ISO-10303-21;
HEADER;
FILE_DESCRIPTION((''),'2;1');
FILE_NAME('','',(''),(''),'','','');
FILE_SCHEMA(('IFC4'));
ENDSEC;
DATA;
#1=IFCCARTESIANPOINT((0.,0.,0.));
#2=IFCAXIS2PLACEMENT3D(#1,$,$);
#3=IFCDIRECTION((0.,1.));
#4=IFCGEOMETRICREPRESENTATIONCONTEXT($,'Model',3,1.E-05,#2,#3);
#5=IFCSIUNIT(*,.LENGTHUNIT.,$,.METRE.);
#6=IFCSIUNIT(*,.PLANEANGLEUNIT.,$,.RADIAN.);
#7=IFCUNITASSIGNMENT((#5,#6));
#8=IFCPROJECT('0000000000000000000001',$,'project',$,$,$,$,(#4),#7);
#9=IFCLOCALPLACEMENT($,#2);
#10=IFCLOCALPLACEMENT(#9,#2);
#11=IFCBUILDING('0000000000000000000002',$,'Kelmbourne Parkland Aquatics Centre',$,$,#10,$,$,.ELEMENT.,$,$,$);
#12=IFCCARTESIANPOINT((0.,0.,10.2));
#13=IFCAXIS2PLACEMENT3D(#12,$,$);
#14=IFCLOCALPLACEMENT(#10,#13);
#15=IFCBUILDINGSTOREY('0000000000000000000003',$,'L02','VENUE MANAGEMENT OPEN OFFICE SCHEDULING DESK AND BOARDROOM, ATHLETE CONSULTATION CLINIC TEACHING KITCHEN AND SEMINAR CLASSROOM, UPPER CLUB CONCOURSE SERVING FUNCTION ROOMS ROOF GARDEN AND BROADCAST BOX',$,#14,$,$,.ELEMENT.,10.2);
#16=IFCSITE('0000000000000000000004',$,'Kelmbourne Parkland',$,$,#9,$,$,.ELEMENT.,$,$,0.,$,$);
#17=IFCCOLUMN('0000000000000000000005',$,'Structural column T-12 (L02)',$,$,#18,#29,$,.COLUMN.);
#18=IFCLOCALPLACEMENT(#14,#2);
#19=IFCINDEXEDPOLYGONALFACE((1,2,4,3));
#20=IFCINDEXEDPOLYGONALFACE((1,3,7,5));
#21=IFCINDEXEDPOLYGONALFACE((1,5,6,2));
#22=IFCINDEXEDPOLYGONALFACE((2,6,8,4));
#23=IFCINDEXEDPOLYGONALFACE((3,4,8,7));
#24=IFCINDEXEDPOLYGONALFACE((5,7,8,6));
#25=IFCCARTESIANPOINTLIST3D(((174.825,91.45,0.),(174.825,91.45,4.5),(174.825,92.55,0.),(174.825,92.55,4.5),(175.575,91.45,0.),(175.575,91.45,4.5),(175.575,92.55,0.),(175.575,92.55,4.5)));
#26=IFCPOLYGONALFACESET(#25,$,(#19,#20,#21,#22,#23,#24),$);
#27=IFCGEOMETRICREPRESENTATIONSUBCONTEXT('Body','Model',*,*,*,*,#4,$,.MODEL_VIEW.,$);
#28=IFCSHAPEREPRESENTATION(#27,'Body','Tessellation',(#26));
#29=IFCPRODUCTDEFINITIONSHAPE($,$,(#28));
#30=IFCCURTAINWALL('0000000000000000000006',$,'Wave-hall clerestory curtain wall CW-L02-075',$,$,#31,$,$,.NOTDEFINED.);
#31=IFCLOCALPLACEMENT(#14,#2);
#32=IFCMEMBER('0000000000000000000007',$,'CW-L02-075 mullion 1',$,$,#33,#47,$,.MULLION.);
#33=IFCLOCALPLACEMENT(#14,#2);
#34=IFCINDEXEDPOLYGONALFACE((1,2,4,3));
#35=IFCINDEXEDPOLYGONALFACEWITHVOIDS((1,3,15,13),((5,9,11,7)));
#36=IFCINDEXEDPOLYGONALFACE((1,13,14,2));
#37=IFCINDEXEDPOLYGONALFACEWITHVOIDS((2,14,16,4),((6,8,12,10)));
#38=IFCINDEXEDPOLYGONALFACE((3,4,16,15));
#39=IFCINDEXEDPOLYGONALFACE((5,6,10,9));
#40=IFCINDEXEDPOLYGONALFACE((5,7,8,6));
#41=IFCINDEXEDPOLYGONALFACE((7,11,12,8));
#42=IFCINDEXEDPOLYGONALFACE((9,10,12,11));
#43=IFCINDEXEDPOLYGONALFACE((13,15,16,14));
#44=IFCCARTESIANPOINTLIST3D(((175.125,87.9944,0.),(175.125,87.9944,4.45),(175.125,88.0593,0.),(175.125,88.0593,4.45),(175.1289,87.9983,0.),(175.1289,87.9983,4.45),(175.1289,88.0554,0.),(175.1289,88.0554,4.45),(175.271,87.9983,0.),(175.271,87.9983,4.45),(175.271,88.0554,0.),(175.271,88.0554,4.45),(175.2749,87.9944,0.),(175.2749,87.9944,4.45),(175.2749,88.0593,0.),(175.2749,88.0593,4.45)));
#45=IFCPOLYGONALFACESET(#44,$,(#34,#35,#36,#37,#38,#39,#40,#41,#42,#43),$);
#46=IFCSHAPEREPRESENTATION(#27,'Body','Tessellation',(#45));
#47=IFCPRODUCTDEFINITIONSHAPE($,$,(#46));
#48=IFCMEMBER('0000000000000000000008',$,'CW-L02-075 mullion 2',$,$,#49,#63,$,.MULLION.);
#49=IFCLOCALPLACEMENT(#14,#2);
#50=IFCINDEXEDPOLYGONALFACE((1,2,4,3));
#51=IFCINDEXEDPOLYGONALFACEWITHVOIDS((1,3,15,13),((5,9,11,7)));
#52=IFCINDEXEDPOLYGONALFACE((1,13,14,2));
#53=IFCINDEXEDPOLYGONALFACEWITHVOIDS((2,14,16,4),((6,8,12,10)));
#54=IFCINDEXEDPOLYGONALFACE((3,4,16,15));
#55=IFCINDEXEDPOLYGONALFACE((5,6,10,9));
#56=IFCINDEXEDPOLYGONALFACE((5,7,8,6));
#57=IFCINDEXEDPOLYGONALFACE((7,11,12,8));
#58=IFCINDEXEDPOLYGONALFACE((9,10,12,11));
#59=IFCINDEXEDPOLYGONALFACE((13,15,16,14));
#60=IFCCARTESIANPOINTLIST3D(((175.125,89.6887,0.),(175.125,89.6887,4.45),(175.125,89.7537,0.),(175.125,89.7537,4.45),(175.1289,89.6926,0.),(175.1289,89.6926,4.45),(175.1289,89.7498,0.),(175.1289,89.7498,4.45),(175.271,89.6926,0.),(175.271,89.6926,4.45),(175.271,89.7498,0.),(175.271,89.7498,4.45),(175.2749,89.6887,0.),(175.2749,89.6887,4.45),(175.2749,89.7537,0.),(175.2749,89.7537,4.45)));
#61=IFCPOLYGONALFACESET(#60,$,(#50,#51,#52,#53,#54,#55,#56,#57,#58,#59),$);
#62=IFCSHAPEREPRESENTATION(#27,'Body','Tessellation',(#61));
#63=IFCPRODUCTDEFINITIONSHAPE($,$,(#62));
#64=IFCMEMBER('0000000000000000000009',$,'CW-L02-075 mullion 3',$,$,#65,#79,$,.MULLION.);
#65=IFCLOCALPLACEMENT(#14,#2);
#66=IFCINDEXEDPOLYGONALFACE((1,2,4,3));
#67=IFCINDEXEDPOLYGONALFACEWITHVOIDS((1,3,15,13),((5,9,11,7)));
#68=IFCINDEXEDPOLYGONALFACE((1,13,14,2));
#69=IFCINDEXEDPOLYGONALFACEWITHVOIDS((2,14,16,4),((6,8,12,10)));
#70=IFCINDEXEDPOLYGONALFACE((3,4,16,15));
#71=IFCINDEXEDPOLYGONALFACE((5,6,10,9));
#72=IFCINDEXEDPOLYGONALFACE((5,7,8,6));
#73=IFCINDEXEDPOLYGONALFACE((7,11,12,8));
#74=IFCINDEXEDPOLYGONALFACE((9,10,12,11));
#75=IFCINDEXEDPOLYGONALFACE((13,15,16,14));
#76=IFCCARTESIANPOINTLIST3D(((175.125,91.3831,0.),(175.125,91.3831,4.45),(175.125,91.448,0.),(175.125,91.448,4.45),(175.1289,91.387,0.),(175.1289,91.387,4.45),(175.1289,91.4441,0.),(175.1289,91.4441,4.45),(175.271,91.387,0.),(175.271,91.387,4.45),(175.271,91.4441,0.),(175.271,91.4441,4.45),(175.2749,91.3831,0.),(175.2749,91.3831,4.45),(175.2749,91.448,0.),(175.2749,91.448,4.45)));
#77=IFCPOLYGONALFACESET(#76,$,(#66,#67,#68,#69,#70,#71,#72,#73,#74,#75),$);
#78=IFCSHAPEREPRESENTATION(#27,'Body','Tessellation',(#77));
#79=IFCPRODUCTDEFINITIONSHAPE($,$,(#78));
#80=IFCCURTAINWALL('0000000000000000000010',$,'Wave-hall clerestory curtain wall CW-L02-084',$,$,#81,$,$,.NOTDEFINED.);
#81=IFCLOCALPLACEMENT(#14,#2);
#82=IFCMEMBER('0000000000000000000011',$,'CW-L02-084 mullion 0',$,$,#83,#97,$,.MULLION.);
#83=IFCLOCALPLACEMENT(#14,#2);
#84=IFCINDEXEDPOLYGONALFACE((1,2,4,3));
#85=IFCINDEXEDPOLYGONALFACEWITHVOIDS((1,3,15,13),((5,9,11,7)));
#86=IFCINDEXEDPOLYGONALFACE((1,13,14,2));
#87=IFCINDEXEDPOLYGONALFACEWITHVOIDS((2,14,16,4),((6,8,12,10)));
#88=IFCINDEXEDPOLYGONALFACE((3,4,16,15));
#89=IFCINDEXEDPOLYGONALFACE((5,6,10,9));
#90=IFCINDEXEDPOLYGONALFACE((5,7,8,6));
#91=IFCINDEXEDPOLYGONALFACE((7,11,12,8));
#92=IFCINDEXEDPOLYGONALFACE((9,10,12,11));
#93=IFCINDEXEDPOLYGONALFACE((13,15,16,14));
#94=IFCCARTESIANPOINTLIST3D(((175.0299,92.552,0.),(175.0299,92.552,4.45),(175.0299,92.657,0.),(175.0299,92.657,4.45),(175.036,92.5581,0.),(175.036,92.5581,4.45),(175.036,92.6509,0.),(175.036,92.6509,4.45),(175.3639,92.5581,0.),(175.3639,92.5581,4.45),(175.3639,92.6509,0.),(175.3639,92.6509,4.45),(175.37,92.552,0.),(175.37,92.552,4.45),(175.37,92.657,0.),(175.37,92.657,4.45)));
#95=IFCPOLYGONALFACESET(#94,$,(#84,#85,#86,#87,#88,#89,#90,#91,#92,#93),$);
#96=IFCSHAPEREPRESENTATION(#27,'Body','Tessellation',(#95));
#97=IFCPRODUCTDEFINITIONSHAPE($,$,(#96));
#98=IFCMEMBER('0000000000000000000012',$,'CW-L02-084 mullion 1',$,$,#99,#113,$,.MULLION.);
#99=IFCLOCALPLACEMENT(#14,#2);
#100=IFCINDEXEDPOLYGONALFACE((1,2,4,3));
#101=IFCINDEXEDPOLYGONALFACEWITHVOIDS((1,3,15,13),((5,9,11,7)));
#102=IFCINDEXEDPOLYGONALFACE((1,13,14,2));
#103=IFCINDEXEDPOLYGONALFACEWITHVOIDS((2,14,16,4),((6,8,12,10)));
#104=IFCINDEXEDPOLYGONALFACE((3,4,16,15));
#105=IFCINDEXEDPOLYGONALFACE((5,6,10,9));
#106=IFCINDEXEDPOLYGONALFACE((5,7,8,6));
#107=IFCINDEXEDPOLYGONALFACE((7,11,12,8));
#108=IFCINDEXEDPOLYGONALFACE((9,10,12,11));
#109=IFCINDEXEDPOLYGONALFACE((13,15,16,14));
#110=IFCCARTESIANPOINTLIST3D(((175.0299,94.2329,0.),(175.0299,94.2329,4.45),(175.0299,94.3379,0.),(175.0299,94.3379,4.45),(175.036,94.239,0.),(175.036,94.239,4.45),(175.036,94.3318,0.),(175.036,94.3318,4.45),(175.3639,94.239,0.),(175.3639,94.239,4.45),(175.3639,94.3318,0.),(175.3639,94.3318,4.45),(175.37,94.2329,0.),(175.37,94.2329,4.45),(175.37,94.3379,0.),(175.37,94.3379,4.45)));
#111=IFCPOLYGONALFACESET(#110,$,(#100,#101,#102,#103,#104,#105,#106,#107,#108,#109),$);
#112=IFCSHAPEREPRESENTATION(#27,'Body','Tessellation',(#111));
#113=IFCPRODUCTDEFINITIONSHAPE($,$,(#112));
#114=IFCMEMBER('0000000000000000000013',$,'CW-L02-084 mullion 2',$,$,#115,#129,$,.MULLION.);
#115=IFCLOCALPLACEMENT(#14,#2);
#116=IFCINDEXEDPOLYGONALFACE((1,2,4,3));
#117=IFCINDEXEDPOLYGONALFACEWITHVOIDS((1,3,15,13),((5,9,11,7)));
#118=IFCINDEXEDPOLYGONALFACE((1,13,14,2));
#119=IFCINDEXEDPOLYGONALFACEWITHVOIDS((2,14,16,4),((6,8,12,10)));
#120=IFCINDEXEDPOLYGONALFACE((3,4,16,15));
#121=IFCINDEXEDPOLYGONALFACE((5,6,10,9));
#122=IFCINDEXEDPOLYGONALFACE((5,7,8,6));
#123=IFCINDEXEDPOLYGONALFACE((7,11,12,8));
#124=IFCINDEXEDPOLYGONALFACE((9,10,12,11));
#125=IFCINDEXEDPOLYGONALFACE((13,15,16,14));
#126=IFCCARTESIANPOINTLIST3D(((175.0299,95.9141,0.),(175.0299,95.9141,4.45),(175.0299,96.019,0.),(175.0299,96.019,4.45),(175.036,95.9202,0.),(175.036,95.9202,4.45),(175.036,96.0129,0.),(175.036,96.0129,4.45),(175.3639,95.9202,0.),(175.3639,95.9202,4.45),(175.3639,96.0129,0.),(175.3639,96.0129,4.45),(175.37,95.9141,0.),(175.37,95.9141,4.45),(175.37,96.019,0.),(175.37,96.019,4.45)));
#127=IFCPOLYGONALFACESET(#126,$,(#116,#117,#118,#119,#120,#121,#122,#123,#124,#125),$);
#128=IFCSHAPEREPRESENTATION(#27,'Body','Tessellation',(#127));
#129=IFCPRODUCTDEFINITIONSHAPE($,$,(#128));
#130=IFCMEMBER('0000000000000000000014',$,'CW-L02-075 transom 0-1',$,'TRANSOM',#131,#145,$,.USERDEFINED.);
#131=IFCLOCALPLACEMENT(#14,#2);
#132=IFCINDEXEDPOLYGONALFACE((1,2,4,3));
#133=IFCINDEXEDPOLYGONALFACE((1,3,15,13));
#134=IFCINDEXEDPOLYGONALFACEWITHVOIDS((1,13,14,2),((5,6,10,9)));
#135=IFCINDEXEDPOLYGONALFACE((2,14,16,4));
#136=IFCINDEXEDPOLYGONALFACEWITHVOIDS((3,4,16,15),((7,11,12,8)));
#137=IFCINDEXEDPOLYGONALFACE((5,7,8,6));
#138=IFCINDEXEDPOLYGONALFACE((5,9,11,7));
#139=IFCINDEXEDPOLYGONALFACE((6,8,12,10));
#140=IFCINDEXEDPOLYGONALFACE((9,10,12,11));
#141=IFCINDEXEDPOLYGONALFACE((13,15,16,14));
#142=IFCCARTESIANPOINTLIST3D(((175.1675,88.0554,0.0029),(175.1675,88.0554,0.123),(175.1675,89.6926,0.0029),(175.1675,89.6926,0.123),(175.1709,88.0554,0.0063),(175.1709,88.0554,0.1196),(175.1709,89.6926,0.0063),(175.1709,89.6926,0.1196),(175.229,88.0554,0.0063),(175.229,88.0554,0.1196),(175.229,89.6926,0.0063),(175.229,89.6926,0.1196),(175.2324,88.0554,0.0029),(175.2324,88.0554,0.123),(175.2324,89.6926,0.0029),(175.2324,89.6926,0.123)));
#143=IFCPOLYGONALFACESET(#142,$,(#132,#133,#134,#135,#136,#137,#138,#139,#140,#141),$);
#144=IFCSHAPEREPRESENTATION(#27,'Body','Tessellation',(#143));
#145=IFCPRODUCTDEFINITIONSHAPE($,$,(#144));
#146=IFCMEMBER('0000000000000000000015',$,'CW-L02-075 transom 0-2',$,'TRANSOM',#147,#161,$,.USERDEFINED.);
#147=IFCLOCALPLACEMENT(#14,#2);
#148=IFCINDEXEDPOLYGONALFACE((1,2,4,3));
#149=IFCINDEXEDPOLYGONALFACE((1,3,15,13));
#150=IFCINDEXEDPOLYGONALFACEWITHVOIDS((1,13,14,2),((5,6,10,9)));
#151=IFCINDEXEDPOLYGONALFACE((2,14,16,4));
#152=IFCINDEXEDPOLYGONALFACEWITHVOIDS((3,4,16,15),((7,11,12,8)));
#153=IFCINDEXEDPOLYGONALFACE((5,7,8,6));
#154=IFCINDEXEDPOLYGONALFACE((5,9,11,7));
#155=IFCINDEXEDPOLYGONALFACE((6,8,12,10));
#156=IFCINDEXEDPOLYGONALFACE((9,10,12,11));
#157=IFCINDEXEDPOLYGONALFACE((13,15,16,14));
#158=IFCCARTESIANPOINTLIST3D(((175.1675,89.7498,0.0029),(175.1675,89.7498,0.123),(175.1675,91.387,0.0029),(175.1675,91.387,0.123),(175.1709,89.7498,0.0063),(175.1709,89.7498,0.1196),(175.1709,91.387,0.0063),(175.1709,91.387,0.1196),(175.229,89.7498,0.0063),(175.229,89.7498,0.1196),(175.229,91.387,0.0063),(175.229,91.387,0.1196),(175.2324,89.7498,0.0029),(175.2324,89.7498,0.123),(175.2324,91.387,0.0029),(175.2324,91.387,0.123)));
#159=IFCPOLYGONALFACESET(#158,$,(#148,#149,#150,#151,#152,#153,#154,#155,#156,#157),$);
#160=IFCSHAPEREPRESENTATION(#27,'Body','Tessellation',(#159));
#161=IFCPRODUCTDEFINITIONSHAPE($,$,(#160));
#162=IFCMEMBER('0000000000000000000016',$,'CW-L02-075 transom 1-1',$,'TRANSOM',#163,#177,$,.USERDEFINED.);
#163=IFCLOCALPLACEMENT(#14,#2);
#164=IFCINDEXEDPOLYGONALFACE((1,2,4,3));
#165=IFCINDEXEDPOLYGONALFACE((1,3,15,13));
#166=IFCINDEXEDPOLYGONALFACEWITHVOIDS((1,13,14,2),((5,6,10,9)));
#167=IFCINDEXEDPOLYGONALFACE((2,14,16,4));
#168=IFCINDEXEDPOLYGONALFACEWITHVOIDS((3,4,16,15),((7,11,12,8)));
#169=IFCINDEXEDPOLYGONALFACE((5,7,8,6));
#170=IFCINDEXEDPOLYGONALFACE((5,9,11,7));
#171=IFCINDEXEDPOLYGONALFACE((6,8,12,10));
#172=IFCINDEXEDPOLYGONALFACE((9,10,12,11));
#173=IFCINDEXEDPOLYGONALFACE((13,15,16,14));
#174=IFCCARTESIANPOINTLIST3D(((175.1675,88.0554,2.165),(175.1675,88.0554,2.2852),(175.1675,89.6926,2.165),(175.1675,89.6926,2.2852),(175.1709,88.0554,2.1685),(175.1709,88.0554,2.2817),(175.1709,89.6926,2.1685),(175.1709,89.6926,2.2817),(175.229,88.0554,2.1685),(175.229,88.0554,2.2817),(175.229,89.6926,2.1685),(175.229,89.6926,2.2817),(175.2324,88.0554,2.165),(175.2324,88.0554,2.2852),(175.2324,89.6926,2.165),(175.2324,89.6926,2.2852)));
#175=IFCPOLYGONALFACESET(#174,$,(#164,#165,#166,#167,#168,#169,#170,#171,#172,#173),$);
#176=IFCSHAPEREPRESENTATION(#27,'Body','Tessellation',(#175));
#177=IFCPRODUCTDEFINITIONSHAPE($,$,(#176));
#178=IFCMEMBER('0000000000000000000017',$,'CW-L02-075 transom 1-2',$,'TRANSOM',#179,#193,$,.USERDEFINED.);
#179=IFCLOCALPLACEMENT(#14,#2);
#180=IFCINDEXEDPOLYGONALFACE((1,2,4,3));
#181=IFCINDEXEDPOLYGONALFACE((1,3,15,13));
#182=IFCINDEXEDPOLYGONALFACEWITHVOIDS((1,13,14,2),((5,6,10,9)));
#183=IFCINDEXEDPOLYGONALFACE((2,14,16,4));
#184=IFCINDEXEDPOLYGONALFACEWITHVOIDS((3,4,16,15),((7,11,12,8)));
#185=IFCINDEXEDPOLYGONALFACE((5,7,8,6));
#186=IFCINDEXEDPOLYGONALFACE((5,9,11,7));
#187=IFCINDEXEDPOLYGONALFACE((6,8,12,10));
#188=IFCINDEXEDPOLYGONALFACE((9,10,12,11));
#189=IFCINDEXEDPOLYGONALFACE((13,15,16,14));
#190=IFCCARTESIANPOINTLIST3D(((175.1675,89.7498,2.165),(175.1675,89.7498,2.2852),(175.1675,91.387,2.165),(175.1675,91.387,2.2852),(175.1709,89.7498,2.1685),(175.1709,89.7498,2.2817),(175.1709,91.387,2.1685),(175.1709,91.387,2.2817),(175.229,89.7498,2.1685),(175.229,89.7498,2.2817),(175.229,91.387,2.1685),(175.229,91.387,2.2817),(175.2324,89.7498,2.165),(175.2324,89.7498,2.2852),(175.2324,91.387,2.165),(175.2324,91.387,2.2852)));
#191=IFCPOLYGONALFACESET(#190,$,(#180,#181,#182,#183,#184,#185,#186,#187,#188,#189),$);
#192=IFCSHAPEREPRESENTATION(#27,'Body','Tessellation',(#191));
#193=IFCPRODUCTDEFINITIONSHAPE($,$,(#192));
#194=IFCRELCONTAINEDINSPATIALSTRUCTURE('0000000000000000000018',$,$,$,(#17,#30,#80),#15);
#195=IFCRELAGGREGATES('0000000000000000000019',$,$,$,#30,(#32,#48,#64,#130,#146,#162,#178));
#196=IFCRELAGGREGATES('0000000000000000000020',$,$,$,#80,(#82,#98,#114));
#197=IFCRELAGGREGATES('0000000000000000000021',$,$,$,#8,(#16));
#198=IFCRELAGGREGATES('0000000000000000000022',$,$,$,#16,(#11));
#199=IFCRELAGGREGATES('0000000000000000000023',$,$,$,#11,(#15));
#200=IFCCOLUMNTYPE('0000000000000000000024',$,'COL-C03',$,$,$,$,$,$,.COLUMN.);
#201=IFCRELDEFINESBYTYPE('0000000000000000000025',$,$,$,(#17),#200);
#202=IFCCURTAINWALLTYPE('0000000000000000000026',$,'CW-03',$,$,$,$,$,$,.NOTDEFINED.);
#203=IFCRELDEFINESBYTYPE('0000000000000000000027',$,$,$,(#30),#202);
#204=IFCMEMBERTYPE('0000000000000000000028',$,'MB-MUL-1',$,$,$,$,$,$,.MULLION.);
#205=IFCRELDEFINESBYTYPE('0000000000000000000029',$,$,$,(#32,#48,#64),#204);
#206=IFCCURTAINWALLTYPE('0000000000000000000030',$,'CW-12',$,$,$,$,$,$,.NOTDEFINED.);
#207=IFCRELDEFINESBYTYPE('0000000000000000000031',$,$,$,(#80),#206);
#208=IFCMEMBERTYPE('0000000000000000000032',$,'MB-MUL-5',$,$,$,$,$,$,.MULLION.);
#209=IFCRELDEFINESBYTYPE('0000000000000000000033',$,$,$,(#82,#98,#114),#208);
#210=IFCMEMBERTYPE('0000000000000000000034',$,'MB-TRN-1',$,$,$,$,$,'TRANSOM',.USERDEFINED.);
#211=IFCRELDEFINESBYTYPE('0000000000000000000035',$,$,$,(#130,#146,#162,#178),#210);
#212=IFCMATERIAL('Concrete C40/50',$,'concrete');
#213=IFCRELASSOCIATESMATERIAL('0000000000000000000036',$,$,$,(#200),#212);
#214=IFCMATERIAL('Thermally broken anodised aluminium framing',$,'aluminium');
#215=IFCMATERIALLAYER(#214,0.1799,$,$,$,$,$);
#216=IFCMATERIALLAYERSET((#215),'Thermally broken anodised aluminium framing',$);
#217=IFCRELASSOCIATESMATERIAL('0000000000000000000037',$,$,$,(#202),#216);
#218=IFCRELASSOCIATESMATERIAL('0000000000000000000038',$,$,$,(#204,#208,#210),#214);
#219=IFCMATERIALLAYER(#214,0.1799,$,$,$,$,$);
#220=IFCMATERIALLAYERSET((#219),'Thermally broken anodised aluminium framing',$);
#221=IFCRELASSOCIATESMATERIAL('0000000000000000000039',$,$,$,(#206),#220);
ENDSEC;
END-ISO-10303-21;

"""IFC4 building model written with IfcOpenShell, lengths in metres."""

from ifc_helpers import new_model, si_unit, direction, frame, origin, origin_2d, place, context, subcontext, project, spatial, rectangle, hollow_rectangle, extrude, material, layer, layer_set, material_profile, profile_set, type_object, element, aggregate, save


model = new_model("IFC4")

# Units and contexts
model_context = context("Model", 3, precision=1e-05, world=origin(), true_north=direction((0.0, 1.0)))
body_context = subcontext(model_context, "Body", "Model", "MODEL_VIEW")
ifc_project = project(units=[si_unit("LENGTHUNIT", "METRE"), si_unit("PLANEANGLEUNIT", "RADIAN")], contexts=[model_context])

# Site, building, storey
site_placement = place(None, origin())
site = spatial("IfcSite", under=ifc_project, at=site_placement, Name="Kelmbourne Parkland", CompositionType="ELEMENT", RefElevation=0.0)
building_placement = place(site_placement, origin())
building = spatial("IfcBuilding", under=site, at=building_placement, Name="Kelmbourne Parkland Aquatics Centre", CompositionType="ELEMENT")
storey_placement = place(building_placement, frame((0.0, 0.0, 10.2)))
storey = spatial("IfcBuildingStorey", under=building, at=storey_placement, Name="L02", Description="VENUE MANAGEMENT OPEN OFFICE SCHEDULING DESK AND BOARDROOM, ATHLETE CONSULTATION CLINIC TEACHING KITCHEN AND SEMINAR CLASSROOM, UPPER CLUB CONCOURSE SERVING FUNCTION ROOMS ROOF GARDEN AND BROADCAST BOX", CompositionType="ELEMENT", Elevation=10.2)

# Column
ifc_material_1 = material(Name="Concrete C40/50", Category="concrete")
ifc_material_profile_1 = material_profile(ifc_material_1, rectangle(XDim=0.75, YDim=1.1001, at=origin_2d()), Name="RC 750x1100")
ifc_profile_set_1 = profile_set([ifc_material_profile_1], Name="Concrete C40/50")
column_type = type_object("IfcColumnType", Name="COL-C03", PredefinedType="COLUMN", material=ifc_profile_set_1)
column_placement = place(storey_placement, frame((175.2, 92.0, 0.0), z_axis=(0.0, 0.0, 1.0), x_axis=(1.0, 0.0, 0.0)))
element("IfcColumn", 1, at=column_placement, inside=storey, type_object=column_type, Name="Structural column T-12 (L02)", PredefinedType="COLUMN", context=body_context, shape_type="SweptSolid", body=[
    extrude(rectangle(XDim=0.75, YDim=1.1001, at=origin_2d()), origin(), (0.0, 0.0, 1.0), 4.5),
])

# Curtain walls, members
ifc_material_2 = material(Name="Thermally broken anodised aluminium framing", Category="aluminium")
ifc_layer_1 = layer(ifc_material_2, 0.1799)
ifc_layer_set_1 = layer_set([ifc_layer_1], Name="Thermally broken anodised aluminium framing")
curtain_wall_type_1 = type_object("IfcCurtainWallType", Name="CW-03", PredefinedType="NOTDEFINED", material=ifc_layer_set_1)
curtain_wall_1_placement = place(storey_placement, origin())
curtain_wall_1 = element("IfcCurtainWall", 2, at=curtain_wall_1_placement, inside=storey, type_object=curtain_wall_type_1, Name="Wave-hall clerestory curtain wall CW-L02-075", PredefinedType="NOTDEFINED")
ifc_material_profile_2 = material_profile(ifc_material_2, hollow_rectangle(XDim=0.0649, YDim=0.1499, WallThickness=0.0039, at=origin_2d()), Name="CW-M 65x150")
ifc_profile_set_2 = profile_set([ifc_material_profile_2], Name="Thermally broken anodised aluminium framing")
member_type_1 = type_object("IfcMemberType", Name="MB-MUL-1", PredefinedType="MULLION", material=ifc_profile_set_2)
member_1_placement = place(storey_placement, frame((175.2, 88.0269, 0.0), z_axis=(0.0, 0.0, 1.0), x_axis=(0.0, 1.0, 0.0)))
member_1 = element("IfcMember", 3, at=member_1_placement, type_object=member_type_1, Name="CW-L02-075 mullion 1", PredefinedType="MULLION", context=body_context, shape_type="SweptSolid", body=[
    extrude(hollow_rectangle(XDim=0.0649, YDim=0.1499, WallThickness=0.0039, at=origin_2d()), origin(), (0.0, 0.0, 1.0), 4.45),
])
member_2_placement = place(storey_placement, frame((175.2, 89.7212, 0.0), z_axis=(0.0, 0.0, 1.0), x_axis=(0.0, 1.0, 0.0)))
member_2 = element("IfcMember", 4, at=member_2_placement, type_object=member_type_1, Name="CW-L02-075 mullion 2", PredefinedType="MULLION", context=body_context, shape_type="SweptSolid", body=[
    extrude(hollow_rectangle(XDim=0.0649, YDim=0.1499, WallThickness=0.0039, at=origin_2d()), origin(), (0.0, 0.0, 1.0), 4.45),
])
member_3_placement = place(storey_placement, frame((175.2, 91.4155, 0.0), z_axis=(0.0, 0.0, 1.0), x_axis=(0.0, 1.0, 0.0)))
member_3 = element("IfcMember", 5, at=member_3_placement, type_object=member_type_1, Name="CW-L02-075 mullion 3", PredefinedType="MULLION", context=body_context, shape_type="SweptSolid", body=[
    extrude(hollow_rectangle(XDim=0.0649, YDim=0.1499, WallThickness=0.0039, at=origin_2d()), origin(), (0.0, 0.0, 1.0), 4.45),
])
ifc_layer_2 = layer(ifc_material_2, 0.1799)
ifc_layer_set_2 = layer_set([ifc_layer_2], Name="Thermally broken anodised aluminium framing")
curtain_wall_type_2 = type_object("IfcCurtainWallType", Name="CW-12", PredefinedType="NOTDEFINED", material=ifc_layer_set_2)
curtain_wall_2_placement = place(storey_placement, origin())
curtain_wall_2 = element("IfcCurtainWall", 6, at=curtain_wall_2_placement, inside=storey, type_object=curtain_wall_type_2, Name="Wave-hall clerestory curtain wall CW-L02-084", PredefinedType="NOTDEFINED")
ifc_material_profile_3 = material_profile(ifc_material_2, hollow_rectangle(XDim=0.105, YDim=0.3401, WallThickness=0.0061, at=origin_2d()), Name="CW-M 105x340")
ifc_profile_set_3 = profile_set([ifc_material_profile_3], Name="Thermally broken anodised aluminium framing")
member_type_2 = type_object("IfcMemberType", Name="MB-MUL-5", PredefinedType="MULLION", material=ifc_profile_set_3)
member_4_placement = place(storey_placement, frame((175.2, 92.6045, 0.0), z_axis=(0.0, 0.0, 1.0), x_axis=(0.0, 1.0, 0.0)))
member_4 = element("IfcMember", 7, at=member_4_placement, type_object=member_type_2, Name="CW-L02-084 mullion 0", PredefinedType="MULLION", context=body_context, shape_type="SweptSolid", body=[
    extrude(hollow_rectangle(XDim=0.105, YDim=0.3401, WallThickness=0.0061, at=origin_2d()), origin(), (0.0, 0.0, 1.0), 4.45),
])
member_5_placement = place(storey_placement, frame((175.2, 94.2854, 0.0), z_axis=(0.0, 0.0, 1.0), x_axis=(0.0, 1.0, 0.0)))
member_5 = element("IfcMember", 8, at=member_5_placement, type_object=member_type_2, Name="CW-L02-084 mullion 1", PredefinedType="MULLION", context=body_context, shape_type="SweptSolid", body=[
    extrude(hollow_rectangle(XDim=0.105, YDim=0.3401, WallThickness=0.0061, at=origin_2d()), origin(), (0.0, 0.0, 1.0), 4.45),
])
member_6_placement = place(storey_placement, frame((175.2, 95.9666, 0.0), z_axis=(0.0, 0.0, 1.0), x_axis=(0.0, 1.0, 0.0)))
member_6 = element("IfcMember", 9, at=member_6_placement, type_object=member_type_2, Name="CW-L02-084 mullion 2", PredefinedType="MULLION", context=body_context, shape_type="SweptSolid", body=[
    extrude(hollow_rectangle(XDim=0.105, YDim=0.3401, WallThickness=0.0061, at=origin_2d()), origin(), (0.0, 0.0, 1.0), 4.45),
])

# Members
ifc_material_profile_4 = material_profile(ifc_material_2, hollow_rectangle(XDim=0.0649, YDim=0.1201, WallThickness=0.0034, at=origin_2d()), Name="CW-T 65x120")
ifc_profile_set_4 = profile_set([ifc_material_profile_4], Name="Thermally broken anodised aluminium framing")
member_type_3 = type_object("IfcMemberType", Name="MB-TRN-1", ElementType="TRANSOM", PredefinedType="USERDEFINED", material=ifc_profile_set_4)
member_7_placement = place(storey_placement, frame((175.2, 88.0554, 0.063), z_axis=(0.0, 1.0, 0.0), x_axis=(-1.0, 0.0, 0.0)))
member_7 = element("IfcMember", 10, at=member_7_placement, type_object=member_type_3, Name="CW-L02-075 transom 0-1", ObjectType="TRANSOM", PredefinedType="USERDEFINED", context=body_context, shape_type="SweptSolid", body=[
    extrude(hollow_rectangle(XDim=0.0649, YDim=0.1201, WallThickness=0.0034, at=origin_2d()), origin(), (0.0, 0.0, 1.0), 1.6372),
])
member_8_placement = place(storey_placement, frame((175.2, 89.7498, 0.063), z_axis=(0.0, 1.0, 0.0), x_axis=(-1.0, 0.0, 0.0)))
member_8 = element("IfcMember", 11, at=member_8_placement, type_object=member_type_3, Name="CW-L02-075 transom 0-2", ObjectType="TRANSOM", PredefinedType="USERDEFINED", context=body_context, shape_type="SweptSolid", body=[
    extrude(hollow_rectangle(XDim=0.0649, YDim=0.1201, WallThickness=0.0034, at=origin_2d()), origin(), (0.0, 0.0, 1.0), 1.6372),
])
member_9_placement = place(storey_placement, frame((175.2, 88.0554, 2.2251), z_axis=(0.0, 1.0, 0.0), x_axis=(-1.0, 0.0, 0.0)))
member_9 = element("IfcMember", 12, at=member_9_placement, type_object=member_type_3, Name="CW-L02-075 transom 1-1", ObjectType="TRANSOM", PredefinedType="USERDEFINED", context=body_context, shape_type="SweptSolid", body=[
    extrude(hollow_rectangle(XDim=0.0649, YDim=0.1201, WallThickness=0.0034, at=origin_2d()), origin(), (0.0, 0.0, 1.0), 1.6372),
])
member_10_placement = place(storey_placement, frame((175.2, 89.7498, 2.2251), z_axis=(0.0, 1.0, 0.0), x_axis=(-1.0, 0.0, 0.0)))
member_10 = element("IfcMember", 13, at=member_10_placement, type_object=member_type_3, Name="CW-L02-075 transom 1-2", ObjectType="TRANSOM", PredefinedType="USERDEFINED", context=body_context, shape_type="SweptSolid", body=[
    extrude(hollow_rectangle(XDim=0.0649, YDim=0.1201, WallThickness=0.0034, at=origin_2d()), origin(), (0.0, 0.0, 1.0), 1.6372),
])

aggregate(curtain_wall_1, [member_1, member_2, member_3, member_7, member_8, member_9, member_10])
aggregate(curtain_wall_2, [member_4, member_5, member_6])

save(model, "model.ifc")
